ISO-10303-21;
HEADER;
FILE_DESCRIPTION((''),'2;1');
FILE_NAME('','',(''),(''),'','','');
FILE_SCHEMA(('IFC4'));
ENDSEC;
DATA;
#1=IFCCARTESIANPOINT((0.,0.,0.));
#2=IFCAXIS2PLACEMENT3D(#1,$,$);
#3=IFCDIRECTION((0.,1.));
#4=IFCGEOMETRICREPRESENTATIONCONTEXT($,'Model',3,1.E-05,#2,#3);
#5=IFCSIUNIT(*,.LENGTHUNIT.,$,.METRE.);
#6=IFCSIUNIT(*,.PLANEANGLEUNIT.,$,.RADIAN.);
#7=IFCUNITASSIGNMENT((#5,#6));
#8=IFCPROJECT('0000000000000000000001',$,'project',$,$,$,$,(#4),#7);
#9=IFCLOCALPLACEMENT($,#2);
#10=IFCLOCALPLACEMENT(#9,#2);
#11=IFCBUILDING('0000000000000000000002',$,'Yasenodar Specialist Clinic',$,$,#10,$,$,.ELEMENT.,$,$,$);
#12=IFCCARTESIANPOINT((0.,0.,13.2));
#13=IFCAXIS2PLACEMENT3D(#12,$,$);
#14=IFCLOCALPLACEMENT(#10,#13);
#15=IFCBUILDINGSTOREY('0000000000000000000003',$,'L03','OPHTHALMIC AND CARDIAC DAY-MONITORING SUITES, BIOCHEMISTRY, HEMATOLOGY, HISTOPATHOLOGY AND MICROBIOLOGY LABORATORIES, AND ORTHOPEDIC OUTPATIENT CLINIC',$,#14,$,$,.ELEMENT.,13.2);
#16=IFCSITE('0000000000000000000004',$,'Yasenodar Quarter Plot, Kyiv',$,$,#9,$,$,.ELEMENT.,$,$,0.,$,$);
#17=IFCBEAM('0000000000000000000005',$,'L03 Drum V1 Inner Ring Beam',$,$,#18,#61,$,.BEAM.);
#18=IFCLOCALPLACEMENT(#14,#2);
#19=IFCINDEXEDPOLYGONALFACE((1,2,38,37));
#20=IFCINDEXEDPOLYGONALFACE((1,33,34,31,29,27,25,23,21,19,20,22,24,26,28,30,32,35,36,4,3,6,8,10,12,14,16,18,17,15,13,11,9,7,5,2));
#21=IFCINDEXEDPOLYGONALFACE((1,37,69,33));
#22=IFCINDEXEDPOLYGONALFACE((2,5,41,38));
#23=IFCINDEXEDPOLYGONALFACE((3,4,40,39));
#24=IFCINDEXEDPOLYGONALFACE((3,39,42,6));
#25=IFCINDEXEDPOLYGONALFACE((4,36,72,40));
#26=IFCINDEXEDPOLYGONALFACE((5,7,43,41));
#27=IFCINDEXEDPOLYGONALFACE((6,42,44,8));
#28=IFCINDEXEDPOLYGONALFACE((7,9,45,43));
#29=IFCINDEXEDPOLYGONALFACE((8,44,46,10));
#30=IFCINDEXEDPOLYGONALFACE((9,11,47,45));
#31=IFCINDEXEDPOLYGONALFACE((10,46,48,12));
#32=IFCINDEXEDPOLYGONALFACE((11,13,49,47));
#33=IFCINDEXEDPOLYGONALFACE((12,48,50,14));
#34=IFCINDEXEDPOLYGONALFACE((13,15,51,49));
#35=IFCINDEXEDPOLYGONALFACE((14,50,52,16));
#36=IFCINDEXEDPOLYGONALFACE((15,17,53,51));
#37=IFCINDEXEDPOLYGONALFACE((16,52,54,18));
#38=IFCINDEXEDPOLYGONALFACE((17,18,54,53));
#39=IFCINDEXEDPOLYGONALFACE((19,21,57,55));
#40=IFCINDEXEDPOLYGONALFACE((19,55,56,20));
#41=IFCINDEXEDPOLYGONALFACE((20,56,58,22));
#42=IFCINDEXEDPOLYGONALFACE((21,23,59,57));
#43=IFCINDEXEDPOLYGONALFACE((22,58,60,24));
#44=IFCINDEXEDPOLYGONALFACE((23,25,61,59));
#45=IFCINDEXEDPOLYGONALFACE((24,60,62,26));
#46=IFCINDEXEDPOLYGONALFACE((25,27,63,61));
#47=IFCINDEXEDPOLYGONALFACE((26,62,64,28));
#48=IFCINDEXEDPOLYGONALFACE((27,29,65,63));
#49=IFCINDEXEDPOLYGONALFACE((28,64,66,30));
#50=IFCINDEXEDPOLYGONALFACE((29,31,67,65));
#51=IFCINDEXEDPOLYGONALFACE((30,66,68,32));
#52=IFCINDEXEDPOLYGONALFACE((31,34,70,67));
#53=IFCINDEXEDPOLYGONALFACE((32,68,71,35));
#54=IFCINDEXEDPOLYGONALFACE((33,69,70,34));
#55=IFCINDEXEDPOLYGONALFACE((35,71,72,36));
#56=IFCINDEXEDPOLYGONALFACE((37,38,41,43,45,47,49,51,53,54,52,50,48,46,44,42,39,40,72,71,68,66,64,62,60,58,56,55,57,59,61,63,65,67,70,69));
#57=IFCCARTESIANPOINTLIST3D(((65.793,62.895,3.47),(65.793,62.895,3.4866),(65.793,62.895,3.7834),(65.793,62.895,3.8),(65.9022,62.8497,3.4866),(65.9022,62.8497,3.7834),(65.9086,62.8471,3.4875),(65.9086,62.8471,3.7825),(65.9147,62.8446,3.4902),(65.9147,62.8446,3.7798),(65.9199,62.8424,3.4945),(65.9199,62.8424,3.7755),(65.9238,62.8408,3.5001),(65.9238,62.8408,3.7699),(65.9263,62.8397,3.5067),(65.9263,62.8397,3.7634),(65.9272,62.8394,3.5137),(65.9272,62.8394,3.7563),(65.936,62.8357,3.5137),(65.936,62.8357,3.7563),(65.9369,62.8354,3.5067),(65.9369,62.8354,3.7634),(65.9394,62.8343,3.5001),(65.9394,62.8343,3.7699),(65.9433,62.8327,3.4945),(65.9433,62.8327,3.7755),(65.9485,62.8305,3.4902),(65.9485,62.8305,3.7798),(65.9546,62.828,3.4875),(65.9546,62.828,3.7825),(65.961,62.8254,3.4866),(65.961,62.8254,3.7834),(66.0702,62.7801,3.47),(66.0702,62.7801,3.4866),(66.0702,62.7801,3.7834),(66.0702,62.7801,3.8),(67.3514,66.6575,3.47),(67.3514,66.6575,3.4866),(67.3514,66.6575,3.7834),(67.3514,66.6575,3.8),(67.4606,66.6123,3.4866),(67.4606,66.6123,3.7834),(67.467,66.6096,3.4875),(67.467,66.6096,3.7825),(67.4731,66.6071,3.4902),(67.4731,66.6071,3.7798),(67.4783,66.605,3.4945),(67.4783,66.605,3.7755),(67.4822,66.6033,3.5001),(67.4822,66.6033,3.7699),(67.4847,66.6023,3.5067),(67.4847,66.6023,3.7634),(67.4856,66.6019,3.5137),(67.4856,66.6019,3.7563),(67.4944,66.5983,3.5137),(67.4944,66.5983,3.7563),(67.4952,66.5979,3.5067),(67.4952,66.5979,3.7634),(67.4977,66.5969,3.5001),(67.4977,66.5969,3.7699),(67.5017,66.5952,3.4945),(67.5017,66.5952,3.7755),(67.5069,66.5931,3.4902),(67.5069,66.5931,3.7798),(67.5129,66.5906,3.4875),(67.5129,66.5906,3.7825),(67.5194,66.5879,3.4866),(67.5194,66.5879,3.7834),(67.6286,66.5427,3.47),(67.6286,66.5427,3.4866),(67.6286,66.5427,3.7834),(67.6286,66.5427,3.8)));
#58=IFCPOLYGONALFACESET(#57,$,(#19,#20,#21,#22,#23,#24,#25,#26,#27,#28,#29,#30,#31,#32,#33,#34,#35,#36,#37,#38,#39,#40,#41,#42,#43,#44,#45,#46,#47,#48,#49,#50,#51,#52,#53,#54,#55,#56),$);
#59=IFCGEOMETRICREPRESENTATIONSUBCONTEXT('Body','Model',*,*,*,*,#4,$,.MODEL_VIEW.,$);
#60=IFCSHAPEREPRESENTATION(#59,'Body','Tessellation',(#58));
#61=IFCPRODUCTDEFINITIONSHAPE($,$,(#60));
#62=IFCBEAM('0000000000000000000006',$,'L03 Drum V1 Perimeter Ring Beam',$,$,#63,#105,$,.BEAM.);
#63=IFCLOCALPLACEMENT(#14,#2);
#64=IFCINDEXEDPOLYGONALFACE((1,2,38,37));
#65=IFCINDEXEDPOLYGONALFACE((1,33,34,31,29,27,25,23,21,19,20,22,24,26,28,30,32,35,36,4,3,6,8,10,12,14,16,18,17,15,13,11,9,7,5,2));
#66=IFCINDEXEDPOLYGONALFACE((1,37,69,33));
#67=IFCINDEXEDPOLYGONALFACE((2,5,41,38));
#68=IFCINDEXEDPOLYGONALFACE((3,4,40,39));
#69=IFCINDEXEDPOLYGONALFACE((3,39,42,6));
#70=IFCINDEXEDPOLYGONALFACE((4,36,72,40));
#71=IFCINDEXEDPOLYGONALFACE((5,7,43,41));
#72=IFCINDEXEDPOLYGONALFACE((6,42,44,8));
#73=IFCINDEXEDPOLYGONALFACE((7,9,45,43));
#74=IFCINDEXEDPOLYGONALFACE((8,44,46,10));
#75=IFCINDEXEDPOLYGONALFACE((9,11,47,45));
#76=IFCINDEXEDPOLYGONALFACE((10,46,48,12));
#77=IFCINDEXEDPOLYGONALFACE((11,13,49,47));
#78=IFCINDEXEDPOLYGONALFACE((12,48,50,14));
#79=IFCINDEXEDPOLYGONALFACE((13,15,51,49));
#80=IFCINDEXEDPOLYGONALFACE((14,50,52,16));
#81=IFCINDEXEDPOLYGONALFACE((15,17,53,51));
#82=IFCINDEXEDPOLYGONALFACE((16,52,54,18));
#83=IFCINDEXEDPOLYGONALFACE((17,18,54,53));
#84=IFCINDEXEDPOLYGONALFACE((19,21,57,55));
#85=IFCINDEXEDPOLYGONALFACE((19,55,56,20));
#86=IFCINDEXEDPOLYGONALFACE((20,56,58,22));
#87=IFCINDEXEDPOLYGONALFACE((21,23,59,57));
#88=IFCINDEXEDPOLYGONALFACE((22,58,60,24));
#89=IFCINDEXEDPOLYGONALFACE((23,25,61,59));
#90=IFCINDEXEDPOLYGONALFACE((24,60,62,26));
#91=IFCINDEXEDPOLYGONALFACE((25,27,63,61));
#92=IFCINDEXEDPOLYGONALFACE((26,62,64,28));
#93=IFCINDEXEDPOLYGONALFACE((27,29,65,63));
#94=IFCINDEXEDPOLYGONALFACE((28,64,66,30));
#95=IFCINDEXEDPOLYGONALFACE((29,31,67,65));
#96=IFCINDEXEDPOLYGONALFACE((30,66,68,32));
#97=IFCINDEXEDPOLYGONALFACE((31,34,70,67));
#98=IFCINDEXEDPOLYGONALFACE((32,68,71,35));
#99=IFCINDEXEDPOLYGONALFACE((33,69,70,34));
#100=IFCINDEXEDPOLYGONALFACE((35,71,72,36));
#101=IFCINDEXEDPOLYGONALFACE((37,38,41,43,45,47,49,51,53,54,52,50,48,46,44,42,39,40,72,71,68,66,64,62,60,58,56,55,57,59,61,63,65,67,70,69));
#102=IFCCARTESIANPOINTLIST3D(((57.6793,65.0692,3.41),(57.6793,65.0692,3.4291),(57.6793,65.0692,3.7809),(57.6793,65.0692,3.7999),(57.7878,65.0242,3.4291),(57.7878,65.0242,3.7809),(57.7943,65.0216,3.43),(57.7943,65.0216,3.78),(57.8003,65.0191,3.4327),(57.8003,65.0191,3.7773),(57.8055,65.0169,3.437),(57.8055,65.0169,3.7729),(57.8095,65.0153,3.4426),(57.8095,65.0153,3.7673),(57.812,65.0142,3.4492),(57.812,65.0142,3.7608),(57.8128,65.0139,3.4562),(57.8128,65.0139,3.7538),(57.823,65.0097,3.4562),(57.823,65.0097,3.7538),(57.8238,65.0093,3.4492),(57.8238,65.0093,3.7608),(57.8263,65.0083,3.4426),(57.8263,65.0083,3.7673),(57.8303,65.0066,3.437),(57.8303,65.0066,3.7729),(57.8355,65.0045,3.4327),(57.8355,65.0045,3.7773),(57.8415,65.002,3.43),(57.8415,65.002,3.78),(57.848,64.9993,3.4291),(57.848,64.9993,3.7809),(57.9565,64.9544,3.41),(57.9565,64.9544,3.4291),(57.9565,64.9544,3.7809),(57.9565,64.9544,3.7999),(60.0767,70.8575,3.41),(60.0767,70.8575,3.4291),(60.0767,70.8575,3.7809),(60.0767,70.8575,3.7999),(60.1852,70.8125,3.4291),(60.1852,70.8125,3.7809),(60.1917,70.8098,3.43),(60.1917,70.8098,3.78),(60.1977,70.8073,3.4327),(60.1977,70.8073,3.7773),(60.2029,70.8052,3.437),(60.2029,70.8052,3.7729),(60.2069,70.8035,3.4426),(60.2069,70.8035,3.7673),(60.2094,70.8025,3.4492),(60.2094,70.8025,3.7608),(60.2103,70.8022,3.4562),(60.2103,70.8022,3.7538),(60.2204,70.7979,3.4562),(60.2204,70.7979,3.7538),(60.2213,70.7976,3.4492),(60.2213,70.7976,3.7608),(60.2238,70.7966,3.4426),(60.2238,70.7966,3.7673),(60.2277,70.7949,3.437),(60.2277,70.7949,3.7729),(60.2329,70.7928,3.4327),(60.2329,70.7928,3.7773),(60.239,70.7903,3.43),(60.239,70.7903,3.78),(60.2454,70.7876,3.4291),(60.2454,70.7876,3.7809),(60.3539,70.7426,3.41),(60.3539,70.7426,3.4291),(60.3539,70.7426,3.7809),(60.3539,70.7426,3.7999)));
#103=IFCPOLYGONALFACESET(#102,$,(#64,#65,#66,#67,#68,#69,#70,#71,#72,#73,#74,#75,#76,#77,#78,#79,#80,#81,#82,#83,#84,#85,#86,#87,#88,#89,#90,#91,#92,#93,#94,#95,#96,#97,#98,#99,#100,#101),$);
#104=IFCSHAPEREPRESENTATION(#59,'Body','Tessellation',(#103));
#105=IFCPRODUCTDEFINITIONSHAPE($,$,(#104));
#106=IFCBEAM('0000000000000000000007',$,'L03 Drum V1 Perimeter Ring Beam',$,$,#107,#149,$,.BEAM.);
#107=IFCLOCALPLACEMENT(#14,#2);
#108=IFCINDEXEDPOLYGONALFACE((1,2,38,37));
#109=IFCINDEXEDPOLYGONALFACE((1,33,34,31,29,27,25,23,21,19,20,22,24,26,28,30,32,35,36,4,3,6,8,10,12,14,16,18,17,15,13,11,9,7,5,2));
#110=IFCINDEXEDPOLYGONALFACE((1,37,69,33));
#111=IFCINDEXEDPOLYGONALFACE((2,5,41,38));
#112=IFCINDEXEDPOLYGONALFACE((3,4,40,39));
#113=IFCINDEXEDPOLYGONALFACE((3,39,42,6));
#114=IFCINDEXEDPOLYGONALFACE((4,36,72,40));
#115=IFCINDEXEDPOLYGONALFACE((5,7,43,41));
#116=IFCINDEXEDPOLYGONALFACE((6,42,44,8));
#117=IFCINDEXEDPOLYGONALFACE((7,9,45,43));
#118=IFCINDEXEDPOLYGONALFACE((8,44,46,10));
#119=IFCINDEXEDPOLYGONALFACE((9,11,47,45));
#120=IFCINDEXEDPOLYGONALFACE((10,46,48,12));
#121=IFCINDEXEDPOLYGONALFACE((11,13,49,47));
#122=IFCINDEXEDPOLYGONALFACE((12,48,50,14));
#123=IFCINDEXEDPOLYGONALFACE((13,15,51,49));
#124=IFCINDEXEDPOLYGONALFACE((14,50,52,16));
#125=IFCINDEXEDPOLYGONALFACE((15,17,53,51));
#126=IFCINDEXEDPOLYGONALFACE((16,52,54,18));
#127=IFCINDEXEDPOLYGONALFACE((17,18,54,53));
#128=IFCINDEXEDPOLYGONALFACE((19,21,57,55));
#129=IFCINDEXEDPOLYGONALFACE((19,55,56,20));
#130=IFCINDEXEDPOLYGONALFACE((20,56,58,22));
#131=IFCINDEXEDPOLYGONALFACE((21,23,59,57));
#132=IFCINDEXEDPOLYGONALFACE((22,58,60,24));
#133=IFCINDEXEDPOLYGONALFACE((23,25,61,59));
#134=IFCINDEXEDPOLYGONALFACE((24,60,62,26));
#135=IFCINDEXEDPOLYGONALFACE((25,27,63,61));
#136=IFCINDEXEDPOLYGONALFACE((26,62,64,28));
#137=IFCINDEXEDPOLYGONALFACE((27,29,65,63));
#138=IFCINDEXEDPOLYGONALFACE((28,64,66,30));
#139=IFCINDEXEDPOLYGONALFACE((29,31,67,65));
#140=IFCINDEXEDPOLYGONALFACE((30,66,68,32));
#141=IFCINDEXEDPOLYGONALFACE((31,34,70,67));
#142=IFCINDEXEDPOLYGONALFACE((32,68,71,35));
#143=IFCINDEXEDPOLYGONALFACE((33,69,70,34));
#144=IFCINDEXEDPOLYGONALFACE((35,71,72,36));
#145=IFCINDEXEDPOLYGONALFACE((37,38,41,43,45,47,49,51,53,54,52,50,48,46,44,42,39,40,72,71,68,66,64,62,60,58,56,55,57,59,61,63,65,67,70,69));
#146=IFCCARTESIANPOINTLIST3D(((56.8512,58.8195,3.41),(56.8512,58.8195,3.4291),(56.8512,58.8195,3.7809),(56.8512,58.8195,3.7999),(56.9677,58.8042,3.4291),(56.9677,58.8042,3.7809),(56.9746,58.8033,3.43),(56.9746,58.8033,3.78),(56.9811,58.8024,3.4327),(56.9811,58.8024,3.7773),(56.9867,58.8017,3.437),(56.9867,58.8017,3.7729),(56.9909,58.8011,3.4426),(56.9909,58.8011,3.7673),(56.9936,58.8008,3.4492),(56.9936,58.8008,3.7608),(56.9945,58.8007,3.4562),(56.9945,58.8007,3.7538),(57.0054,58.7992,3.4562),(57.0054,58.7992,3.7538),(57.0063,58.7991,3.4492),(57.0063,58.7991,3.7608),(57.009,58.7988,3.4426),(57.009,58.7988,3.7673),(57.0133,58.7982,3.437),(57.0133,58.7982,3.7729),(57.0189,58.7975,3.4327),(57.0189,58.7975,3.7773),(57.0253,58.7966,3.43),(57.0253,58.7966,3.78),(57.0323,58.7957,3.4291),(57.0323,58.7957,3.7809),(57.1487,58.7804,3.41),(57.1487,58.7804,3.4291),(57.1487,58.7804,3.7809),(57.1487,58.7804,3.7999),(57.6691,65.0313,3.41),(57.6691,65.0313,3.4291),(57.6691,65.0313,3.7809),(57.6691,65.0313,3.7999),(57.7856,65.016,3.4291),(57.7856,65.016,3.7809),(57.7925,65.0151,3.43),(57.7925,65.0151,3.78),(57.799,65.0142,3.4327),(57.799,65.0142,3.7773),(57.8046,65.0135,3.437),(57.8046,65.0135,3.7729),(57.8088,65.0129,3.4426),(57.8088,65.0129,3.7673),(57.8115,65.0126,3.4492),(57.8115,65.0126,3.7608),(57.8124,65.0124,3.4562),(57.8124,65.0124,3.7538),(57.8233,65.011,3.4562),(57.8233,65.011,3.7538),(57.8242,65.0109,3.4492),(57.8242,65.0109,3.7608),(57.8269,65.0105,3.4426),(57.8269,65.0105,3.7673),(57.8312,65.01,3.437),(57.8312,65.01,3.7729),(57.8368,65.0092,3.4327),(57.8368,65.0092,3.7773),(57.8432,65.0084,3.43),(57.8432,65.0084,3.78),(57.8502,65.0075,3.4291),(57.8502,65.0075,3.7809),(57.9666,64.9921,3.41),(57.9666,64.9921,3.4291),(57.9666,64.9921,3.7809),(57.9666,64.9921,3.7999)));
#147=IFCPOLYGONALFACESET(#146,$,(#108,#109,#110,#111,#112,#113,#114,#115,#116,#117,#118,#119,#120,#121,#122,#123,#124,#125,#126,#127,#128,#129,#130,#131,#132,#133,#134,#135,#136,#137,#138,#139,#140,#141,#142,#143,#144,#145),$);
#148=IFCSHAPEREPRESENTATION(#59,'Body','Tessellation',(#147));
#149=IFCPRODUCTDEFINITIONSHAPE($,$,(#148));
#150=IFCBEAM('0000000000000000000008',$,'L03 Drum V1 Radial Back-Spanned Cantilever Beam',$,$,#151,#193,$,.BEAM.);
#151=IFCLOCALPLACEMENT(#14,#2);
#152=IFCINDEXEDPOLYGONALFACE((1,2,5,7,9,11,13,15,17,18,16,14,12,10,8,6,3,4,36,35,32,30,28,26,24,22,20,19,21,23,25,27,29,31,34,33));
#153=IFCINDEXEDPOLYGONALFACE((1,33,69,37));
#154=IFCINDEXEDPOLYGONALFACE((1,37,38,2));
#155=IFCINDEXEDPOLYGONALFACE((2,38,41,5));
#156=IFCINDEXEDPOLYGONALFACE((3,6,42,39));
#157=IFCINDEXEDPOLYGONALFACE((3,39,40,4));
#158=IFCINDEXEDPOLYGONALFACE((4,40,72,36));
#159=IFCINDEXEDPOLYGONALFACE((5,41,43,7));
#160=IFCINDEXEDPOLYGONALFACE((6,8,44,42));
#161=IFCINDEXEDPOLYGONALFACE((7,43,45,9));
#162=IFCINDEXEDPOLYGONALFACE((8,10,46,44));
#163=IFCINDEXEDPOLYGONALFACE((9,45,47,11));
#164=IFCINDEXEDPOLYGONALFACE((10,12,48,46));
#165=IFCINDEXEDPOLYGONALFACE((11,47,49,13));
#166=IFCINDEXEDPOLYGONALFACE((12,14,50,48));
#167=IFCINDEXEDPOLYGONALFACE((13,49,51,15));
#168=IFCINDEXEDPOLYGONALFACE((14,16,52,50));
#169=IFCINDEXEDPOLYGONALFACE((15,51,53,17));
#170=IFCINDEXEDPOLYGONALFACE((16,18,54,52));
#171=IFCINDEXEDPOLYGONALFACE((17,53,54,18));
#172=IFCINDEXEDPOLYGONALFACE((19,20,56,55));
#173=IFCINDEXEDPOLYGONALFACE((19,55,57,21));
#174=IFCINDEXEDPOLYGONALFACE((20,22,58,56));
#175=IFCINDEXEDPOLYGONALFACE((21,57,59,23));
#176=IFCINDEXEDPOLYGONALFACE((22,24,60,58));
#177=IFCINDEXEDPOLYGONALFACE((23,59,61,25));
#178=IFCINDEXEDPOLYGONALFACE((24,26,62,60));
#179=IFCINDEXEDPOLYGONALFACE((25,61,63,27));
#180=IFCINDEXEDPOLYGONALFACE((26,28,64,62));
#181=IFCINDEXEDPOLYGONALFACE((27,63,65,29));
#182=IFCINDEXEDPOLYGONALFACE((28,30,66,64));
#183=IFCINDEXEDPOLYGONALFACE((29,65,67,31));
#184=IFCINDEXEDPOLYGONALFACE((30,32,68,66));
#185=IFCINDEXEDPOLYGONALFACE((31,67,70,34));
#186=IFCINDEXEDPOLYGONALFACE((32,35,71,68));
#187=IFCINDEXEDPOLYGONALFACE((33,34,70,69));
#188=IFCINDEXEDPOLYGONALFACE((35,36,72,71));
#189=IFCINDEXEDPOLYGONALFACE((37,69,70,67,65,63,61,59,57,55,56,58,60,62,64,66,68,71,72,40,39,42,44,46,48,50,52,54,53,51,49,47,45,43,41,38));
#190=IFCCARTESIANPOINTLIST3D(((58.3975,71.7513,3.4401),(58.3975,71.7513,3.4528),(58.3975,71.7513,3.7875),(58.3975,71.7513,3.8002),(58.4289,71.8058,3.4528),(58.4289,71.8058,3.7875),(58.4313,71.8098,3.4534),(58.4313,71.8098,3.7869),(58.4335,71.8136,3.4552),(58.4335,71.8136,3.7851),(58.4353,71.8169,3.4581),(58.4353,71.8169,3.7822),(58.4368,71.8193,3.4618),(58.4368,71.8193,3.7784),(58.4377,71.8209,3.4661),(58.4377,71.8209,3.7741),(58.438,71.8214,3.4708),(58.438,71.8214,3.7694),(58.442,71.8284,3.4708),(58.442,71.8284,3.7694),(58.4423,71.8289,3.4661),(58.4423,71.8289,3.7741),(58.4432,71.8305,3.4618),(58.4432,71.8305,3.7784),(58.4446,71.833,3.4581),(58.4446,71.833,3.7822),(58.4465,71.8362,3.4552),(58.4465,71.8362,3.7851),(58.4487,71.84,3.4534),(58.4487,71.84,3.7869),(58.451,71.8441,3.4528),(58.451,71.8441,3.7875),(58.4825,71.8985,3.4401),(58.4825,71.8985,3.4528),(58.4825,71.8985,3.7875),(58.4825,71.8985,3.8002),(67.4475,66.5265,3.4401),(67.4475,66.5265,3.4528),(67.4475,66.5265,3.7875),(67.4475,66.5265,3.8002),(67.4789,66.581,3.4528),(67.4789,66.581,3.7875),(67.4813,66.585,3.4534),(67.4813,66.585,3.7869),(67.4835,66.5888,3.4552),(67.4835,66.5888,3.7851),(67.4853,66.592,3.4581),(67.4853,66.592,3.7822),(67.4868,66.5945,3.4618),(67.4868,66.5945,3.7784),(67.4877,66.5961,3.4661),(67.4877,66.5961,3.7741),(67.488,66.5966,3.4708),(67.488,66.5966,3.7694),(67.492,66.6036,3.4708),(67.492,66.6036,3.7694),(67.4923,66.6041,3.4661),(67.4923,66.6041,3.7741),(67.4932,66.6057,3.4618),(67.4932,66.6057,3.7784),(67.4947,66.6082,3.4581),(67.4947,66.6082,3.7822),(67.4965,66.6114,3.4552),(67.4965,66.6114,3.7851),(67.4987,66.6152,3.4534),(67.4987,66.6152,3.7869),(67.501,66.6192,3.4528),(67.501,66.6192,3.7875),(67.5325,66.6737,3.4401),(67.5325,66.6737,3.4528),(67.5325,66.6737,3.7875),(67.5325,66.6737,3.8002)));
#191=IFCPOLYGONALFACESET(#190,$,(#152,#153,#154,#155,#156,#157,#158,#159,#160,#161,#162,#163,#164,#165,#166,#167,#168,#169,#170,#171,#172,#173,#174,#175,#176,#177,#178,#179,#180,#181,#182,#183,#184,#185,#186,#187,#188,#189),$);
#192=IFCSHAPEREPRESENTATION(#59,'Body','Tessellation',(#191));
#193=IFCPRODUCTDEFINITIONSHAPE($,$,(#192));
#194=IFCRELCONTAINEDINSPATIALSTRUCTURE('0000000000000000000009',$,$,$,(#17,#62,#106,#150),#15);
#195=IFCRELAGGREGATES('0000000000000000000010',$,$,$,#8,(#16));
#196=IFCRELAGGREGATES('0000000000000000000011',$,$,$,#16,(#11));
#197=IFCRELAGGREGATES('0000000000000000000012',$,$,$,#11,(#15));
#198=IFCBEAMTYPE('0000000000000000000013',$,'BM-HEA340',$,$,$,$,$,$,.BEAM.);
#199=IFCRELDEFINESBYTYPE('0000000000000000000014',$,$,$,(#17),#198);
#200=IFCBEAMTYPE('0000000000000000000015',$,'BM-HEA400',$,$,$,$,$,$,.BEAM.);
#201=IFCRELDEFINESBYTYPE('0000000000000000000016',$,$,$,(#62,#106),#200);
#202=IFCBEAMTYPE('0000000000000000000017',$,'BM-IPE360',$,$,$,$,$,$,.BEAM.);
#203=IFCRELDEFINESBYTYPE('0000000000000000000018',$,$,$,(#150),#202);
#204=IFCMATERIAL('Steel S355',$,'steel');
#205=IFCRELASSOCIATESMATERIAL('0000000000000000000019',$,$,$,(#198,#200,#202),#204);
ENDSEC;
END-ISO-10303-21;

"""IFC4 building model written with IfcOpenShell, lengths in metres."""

from ifc_helpers import new_model, si_unit, direction, frame, origin, origin_2d, place, context, subcontext, project, spatial, i_section, extrude, material, material_profile, profile_set, type_object, element, save


model = new_model("IFC4")

# Units and contexts
model_context = context("Model", 3, precision=1e-05, world=origin(), true_north=direction((0.0, 1.0)))
body_context = subcontext(model_context, "Body", "Model", "MODEL_VIEW")
ifc_project = project(units=[si_unit("LENGTHUNIT", "METRE"), si_unit("PLANEANGLEUNIT", "RADIAN")], contexts=[model_context])

# Site, building, storey
site_placement = place(None, origin())
site = spatial("IfcSite", under=ifc_project, at=site_placement, Name="Yasenodar Quarter Plot, Kyiv", CompositionType="ELEMENT", RefElevation=0.0)
building_placement = place(site_placement, origin())
building = spatial("IfcBuilding", under=site, at=building_placement, Name="Yasenodar Specialist Clinic", CompositionType="ELEMENT")
storey_placement = place(building_placement, frame((0.0, 0.0, 13.2)))
storey = spatial("IfcBuildingStorey", under=building, at=storey_placement, Name="L03", Description="OPHTHALMIC AND CARDIAC DAY-MONITORING SUITES, BIOCHEMISTRY, HEMATOLOGY, HISTOPATHOLOGY AND MICROBIOLOGY LABORATORIES, AND ORTHOPEDIC OUTPATIENT CLINIC", CompositionType="ELEMENT", Elevation=13.2)

# Shared definitions
ifc_material_1 = material(Name="Steel S355", Category="steel")

# Beams
ifc_material_profile_1 = material_profile(ifc_material_1, i_section(OverallWidth=0.3, OverallDepth=0.3301, WebThickness=0.0095, FlangeThickness=0.0166, FilletRadius=0.0271, at=origin_2d()), Name="HEA 340")
ifc_profile_set_1 = profile_set([ifc_material_profile_1], Name="Steel S355")
beam_type_1 = type_object("IfcBeamType", Name="BM-HEA340", PredefinedType="BEAM", material=ifc_profile_set_1)
beam_1_placement = place(storey_placement, frame((67.49, 66.6001, 3.635), z_axis=(-0.382661, -0.923889, 0.0), x_axis=(0.923889, -0.382661, 0.0)))
element("IfcBeam", 1, at=beam_1_placement, inside=storey, type_object=beam_type_1, Name="L03 Drum V1 Inner Ring Beam", PredefinedType="BEAM", context=body_context, shape_type="SweptSolid", body=[
    extrude(i_section(OverallWidth=0.3, OverallDepth=0.3301, WebThickness=0.0095, FlangeThickness=0.0166, FilletRadius=0.0271, at=origin_2d()), origin(), (0.0, 0.0, 1.0), 4.0725),
])
ifc_material_profile_2 = material_profile(ifc_material_1, i_section(OverallWidth=0.3, OverallDepth=0.3899, WebThickness=0.011, FlangeThickness=0.019, FilletRadius=0.0271, at=origin_2d()), Name="HEA 400")
ifc_profile_set_2 = profile_set([ifc_material_profile_2], Name="Steel S355")
beam_type_2 = type_object("IfcBeamType", Name="BM-HEA400", PredefinedType="BEAM", material=ifc_profile_set_2)
beam_2_placement = place(storey_placement, frame((60.2153, 70.8, 3.605), z_axis=(-0.382664, -0.923888, 0.0), x_axis=(0.923888, -0.382664, 0.0)))
element("IfcBeam", 2, at=beam_2_placement, inside=storey, type_object=beam_type_2, Name="L03 Drum V1 Perimeter Ring Beam", PredefinedType="BEAM", context=body_context, shape_type="SweptSolid", body=[
    extrude(i_section(OverallWidth=0.3, OverallDepth=0.3899, WebThickness=0.011, FlangeThickness=0.019, FilletRadius=0.0271, at=origin_2d()), origin(), (0.0, 0.0, 1.0), 6.2651),
])
beam_3_placement = place(storey_placement, frame((57.8179, 65.0117, 3.605), z_axis=(-0.13054, -0.991443, 0.0), x_axis=(0.991443, -0.13054, 0.0)))
element("IfcBeam", 3, at=beam_3_placement, inside=storey, type_object=beam_type_2, Name="L03 Drum V1 Perimeter Ring Beam", PredefinedType="BEAM", context=body_context, shape_type="SweptSolid", body=[
    extrude(i_section(OverallWidth=0.3, OverallDepth=0.3899, WebThickness=0.011, FlangeThickness=0.019, FilletRadius=0.0271, at=origin_2d()), origin(), (0.0, 0.0, 1.0), 6.2654),
])
ifc_material_profile_3 = material_profile(ifc_material_1, i_section(OverallWidth=0.1699, OverallDepth=0.3601, WebThickness=0.0081, FlangeThickness=0.0127, FilletRadius=0.0181, at=origin_2d()), Name="IPE 360")
ifc_profile_set_3 = profile_set([ifc_material_profile_3], Name="Steel S355")
beam_type_3 = type_object("IfcBeamType", Name="BM-IPE360", PredefinedType="BEAM", material=ifc_profile_set_3)
beam_4_placement = place(storey_placement, frame((67.49, 66.6001, 3.6201), z_axis=(-0.866033, 0.499986, 0.0), x_axis=(-0.499986, -0.866033, 0.0)))
element("IfcBeam", 4, at=beam_4_placement, inside=storey, type_object=beam_type_3, Name="L03 Drum V1 Radial Back-Spanned Cantilever Beam", PredefinedType="BEAM", context=body_context, shape_type="SweptSolid", body=[
    extrude(i_section(OverallWidth=0.1699, OverallDepth=0.3601, WebThickness=0.0081, FlangeThickness=0.0127, FilletRadius=0.0181, at=origin_2d()), origin(), (0.0, 0.0, 1.0), 10.45),
])

save(model, "model.ifc")
